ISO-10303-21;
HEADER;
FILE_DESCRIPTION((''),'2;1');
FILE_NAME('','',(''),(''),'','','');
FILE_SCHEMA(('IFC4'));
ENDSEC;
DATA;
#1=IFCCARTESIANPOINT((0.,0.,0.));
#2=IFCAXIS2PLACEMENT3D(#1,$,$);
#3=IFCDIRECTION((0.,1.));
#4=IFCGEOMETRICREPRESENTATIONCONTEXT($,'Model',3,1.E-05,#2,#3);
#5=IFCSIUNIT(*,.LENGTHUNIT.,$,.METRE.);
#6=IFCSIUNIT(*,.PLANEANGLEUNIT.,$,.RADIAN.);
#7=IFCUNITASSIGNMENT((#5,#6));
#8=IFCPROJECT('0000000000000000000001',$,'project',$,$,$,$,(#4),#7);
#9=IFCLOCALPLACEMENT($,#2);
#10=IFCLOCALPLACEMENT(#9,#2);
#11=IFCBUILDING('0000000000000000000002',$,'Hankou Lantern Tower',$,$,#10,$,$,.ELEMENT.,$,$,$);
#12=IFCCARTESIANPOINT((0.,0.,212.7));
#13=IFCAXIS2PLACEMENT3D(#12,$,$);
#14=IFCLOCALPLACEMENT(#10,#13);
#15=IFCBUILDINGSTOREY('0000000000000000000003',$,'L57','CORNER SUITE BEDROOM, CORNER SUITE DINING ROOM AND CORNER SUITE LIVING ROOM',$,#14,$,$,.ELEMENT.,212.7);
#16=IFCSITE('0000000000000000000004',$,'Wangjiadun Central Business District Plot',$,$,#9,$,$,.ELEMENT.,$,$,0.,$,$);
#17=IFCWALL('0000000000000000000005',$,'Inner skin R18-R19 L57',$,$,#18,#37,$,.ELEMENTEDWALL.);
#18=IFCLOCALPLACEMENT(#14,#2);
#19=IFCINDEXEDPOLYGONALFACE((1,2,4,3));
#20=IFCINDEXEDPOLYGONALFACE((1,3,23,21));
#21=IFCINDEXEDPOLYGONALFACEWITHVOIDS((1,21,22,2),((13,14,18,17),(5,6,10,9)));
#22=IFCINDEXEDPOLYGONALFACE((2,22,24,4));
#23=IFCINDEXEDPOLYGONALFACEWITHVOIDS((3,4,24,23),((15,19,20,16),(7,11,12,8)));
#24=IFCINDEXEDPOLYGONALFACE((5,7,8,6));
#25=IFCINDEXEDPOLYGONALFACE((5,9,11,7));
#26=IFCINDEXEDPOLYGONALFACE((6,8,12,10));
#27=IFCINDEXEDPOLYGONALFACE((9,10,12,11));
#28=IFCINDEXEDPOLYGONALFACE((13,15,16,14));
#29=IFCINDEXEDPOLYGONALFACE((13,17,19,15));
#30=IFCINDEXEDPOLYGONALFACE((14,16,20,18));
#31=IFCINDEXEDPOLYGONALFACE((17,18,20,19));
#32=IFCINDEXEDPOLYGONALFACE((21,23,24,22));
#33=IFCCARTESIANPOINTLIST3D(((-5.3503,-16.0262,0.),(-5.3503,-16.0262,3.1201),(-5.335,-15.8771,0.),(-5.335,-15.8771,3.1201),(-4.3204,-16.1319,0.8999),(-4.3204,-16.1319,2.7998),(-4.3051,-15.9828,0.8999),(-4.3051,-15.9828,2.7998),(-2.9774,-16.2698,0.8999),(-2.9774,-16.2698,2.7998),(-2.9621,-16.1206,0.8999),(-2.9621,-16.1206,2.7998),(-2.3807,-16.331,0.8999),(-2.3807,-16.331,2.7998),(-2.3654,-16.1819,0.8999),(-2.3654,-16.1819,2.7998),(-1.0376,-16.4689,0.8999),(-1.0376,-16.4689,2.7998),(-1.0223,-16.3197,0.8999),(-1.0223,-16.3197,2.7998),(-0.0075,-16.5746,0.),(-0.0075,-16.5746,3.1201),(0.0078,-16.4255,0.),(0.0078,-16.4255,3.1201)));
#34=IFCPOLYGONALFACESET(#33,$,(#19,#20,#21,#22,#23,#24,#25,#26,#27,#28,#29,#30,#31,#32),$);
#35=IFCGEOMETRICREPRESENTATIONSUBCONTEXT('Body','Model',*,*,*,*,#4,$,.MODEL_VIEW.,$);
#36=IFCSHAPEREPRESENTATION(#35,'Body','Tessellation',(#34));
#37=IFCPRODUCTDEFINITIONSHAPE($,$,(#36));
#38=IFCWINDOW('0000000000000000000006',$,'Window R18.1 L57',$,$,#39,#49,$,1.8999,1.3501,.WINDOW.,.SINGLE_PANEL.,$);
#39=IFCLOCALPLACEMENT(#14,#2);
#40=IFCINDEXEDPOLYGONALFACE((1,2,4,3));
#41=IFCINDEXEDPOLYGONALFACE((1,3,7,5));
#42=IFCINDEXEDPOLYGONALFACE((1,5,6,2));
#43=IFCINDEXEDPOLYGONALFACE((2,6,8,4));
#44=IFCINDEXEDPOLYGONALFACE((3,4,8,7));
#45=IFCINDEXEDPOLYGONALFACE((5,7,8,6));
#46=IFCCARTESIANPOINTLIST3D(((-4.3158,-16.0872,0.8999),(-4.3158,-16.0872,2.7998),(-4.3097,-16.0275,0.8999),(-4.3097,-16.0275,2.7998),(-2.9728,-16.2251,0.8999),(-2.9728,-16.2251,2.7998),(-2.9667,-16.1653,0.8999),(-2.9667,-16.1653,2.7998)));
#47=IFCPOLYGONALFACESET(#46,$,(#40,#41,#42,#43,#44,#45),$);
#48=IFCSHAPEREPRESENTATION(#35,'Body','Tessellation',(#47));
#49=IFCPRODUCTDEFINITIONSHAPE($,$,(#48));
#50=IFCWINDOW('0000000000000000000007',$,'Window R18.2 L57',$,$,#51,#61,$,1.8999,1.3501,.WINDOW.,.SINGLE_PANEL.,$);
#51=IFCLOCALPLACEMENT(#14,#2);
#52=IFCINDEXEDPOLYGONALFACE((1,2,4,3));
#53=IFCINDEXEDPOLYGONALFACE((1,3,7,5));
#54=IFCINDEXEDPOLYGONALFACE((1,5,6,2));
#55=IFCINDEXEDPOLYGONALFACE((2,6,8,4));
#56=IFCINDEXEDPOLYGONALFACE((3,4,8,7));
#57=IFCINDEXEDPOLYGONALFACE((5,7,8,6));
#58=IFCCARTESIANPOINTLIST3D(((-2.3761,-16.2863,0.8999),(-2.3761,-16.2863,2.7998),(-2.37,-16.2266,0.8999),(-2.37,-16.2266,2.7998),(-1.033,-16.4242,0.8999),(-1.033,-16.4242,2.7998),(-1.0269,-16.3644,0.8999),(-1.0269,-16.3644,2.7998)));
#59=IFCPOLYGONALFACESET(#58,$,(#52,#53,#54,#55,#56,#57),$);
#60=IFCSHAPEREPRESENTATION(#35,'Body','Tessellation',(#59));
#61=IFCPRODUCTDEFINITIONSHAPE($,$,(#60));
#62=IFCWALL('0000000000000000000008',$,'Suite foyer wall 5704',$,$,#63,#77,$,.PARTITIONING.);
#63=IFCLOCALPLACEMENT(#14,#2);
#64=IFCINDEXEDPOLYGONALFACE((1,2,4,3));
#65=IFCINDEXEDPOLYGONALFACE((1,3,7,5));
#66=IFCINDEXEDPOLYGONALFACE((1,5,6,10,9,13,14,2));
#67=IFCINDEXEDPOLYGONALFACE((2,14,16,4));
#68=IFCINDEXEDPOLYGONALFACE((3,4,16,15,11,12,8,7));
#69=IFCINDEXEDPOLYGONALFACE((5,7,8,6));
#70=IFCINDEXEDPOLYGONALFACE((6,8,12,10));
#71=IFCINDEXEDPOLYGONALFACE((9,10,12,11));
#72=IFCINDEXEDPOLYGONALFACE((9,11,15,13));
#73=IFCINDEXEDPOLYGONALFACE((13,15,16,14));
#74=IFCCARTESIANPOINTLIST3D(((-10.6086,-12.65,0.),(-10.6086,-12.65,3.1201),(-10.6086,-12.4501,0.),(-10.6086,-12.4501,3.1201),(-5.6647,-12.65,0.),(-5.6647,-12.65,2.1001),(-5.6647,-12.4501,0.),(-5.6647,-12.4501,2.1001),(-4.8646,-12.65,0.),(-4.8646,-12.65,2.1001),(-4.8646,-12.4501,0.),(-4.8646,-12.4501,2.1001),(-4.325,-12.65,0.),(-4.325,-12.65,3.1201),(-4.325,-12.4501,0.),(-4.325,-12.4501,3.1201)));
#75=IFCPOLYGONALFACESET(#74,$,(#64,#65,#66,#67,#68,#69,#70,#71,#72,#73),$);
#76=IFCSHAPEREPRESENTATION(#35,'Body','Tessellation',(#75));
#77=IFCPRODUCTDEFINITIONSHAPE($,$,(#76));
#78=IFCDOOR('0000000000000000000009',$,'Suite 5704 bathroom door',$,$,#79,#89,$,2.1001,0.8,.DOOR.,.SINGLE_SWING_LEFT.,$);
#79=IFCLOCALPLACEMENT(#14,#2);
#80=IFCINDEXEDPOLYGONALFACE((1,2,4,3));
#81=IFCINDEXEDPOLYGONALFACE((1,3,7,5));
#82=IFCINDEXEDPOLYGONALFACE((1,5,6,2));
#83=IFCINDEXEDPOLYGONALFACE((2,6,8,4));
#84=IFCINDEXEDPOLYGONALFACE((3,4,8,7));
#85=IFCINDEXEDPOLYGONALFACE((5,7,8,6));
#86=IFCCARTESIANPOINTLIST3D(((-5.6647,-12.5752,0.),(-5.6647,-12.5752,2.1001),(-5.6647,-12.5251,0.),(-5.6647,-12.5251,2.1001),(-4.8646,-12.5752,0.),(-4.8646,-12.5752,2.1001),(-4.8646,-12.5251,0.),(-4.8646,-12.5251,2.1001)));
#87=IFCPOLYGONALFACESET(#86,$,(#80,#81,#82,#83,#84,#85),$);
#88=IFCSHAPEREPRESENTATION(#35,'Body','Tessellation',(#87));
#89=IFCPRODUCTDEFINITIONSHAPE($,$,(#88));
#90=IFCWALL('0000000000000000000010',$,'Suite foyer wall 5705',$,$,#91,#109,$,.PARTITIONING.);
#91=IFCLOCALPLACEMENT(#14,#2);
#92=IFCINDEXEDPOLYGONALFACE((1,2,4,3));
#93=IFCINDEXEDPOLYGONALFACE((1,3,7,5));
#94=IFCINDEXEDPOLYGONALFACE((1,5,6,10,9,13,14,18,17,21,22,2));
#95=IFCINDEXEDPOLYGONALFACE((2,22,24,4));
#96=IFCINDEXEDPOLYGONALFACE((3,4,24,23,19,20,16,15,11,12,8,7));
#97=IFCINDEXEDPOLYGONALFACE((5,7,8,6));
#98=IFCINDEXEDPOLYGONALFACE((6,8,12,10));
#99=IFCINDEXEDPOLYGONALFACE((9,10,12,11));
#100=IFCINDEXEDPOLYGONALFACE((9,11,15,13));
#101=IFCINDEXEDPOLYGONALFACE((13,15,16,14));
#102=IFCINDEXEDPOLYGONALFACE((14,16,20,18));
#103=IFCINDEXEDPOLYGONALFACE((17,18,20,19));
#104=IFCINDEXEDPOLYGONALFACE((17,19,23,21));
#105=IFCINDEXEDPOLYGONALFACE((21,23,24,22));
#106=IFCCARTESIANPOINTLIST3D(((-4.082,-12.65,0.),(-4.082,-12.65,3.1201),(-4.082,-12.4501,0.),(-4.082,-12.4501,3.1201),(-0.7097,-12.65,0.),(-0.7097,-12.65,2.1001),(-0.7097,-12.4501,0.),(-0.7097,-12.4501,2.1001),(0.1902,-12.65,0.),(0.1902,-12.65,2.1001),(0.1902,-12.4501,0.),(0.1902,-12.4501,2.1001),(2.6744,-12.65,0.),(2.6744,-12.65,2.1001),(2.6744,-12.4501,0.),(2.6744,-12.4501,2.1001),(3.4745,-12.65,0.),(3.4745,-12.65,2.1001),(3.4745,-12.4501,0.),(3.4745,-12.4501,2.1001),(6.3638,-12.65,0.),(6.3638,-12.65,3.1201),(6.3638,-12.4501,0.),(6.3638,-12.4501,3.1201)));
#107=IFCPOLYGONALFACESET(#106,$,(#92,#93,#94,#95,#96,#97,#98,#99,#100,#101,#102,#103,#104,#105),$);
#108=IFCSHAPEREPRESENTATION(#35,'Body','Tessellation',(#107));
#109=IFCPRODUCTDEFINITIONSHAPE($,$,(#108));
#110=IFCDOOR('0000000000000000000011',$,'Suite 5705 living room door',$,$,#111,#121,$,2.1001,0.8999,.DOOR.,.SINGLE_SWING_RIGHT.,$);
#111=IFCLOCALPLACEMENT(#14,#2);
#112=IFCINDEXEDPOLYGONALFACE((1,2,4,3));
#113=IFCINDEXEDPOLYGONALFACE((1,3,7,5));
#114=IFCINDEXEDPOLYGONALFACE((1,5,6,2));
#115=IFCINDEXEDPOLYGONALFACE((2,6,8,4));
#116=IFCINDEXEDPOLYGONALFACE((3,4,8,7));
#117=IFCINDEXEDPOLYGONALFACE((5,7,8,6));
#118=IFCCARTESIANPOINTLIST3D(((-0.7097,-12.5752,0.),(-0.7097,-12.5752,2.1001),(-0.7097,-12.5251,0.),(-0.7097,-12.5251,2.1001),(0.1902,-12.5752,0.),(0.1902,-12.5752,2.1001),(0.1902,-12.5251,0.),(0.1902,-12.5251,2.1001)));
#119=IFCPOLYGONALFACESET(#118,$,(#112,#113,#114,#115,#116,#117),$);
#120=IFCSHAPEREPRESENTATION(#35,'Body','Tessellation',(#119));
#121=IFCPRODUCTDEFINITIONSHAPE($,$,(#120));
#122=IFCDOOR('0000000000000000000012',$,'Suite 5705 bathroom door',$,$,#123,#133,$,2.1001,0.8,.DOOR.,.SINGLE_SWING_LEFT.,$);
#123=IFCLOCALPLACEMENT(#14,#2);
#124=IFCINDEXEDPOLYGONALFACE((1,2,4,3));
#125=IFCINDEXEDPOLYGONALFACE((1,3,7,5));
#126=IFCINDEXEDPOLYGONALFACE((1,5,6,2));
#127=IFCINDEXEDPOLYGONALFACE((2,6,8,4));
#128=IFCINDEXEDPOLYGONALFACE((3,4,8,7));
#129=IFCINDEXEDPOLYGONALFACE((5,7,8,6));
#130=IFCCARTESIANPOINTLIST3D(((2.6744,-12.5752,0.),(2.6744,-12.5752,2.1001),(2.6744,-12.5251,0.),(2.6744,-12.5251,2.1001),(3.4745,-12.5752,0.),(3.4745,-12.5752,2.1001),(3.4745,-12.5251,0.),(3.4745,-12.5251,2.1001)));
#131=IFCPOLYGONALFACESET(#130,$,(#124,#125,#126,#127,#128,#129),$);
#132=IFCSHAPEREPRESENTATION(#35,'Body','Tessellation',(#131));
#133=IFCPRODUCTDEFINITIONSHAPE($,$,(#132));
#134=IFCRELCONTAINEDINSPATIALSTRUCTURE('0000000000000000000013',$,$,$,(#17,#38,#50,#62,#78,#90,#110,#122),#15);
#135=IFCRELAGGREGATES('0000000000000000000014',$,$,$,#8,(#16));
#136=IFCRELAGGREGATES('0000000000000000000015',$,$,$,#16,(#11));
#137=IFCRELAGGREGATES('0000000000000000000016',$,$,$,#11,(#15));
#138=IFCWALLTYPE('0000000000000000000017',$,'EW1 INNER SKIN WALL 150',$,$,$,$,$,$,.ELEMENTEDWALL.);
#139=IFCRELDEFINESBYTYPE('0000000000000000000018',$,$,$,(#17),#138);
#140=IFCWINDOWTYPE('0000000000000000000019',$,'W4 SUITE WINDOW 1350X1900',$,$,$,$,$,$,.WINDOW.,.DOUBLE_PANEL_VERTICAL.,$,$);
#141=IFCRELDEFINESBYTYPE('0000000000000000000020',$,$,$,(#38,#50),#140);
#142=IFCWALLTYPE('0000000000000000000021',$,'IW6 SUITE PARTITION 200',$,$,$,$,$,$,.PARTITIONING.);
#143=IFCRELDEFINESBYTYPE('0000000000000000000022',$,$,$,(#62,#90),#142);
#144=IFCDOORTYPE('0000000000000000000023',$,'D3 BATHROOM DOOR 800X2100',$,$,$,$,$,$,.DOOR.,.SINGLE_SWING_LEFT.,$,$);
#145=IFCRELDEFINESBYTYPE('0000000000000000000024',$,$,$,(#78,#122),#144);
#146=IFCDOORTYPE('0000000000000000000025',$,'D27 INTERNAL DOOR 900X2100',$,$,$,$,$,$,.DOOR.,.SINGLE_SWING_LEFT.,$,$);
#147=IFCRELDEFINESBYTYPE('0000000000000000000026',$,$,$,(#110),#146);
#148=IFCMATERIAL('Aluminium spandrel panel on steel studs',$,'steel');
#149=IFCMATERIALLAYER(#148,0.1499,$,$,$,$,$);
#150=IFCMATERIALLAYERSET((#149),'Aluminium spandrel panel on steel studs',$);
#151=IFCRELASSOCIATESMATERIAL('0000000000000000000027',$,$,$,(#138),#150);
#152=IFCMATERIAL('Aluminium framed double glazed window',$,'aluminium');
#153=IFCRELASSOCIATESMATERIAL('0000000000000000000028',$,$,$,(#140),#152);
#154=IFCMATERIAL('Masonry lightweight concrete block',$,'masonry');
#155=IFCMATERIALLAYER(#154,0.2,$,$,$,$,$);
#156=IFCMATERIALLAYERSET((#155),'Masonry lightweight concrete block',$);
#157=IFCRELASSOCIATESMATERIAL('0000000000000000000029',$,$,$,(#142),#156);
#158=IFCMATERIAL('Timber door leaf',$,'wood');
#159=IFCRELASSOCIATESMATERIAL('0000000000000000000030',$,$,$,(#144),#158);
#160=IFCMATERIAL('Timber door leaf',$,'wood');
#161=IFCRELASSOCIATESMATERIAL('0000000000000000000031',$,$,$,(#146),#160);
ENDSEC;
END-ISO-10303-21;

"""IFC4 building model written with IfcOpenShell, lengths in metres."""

from ifc_helpers import new_model, si_unit, direction, frame, frame_2d, origin, place, context, subcontext, project, spatial, rectangle, extrude, material, layer, layer_set, type_object, element, fill, save


model = new_model("IFC4")

# Units and contexts
model_context = context("Model", 3, precision=1e-05, world=origin(), true_north=direction((0.0, 1.0)))
body_context = subcontext(model_context, "Body", "Model", "MODEL_VIEW")
ifc_project = project(units=[si_unit("LENGTHUNIT", "METRE"), si_unit("PLANEANGLEUNIT", "RADIAN")], contexts=[model_context])

# Site, building, storey
site_placement = place(None, origin())
site = spatial("IfcSite", under=ifc_project, at=site_placement, Name="Wangjiadun Central Business District Plot", CompositionType="ELEMENT", RefElevation=0.0)
building_placement = place(site_placement, origin())
building = spatial("IfcBuilding", under=site, at=building_placement, Name="Hankou Lantern Tower", CompositionType="ELEMENT")
storey_placement = place(building_placement, frame((0.0, 0.0, 212.7)))
storey = spatial("IfcBuildingStorey", under=building, at=storey_placement, Name="L57", Description="CORNER SUITE BEDROOM, CORNER SUITE DINING ROOM AND CORNER SUITE LIVING ROOM", CompositionType="ELEMENT", Elevation=212.7)

# Wall, openings, windows
ifc_material_1 = material(Name="Aluminium spandrel panel on steel studs", Category="steel")
ifc_layer_1 = layer(ifc_material_1, 0.1499)
ifc_layer_set_1 = layer_set([ifc_layer_1], Name="Aluminium spandrel panel on steel studs")
wall_type_1 = type_object("IfcWallType", Name="EW1 INNER SKIN WALL 150", PredefinedType="ELEMENTEDWALL", material=ifc_layer_set_1)
ifc_material_2 = material(Name="Aluminium framed double glazed window", Category="aluminium")
window_type = type_object("IfcWindowType", Name="W4 SUITE WINDOW 1350X1900", PartitioningType="DOUBLE_PANEL_VERTICAL", PredefinedType="WINDOW", material=ifc_material_2)
wall_1_placement = place(storey_placement, frame((-5.3428, -15.9517, 0.0), z_axis=(0.0, 0.0, 1.0), x_axis=(0.994775, -0.102096, 0.0)))
wall_1 = element("IfcWall", 1, at=wall_1_placement, inside=storey, type_object=wall_type_1, Name="Inner skin R18-R19 L57", PredefinedType="ELEMENTEDWALL", context=body_context, shape_type="SweptSolid", body=[
    extrude(rectangle(XDim=5.3708, YDim=0.1499, at=frame_2d((2.6855, 0.0))), origin(), (0.0, 0.0, 1.0), 3.1201),
])
opening_1_placement = place(wall_1_placement, frame((1.0354, 0.0, 0.8999)))
opening_1 = element("IfcOpeningElement", 2, at=opening_1_placement, cuts=wall_1, PredefinedType="OPENING", context=body_context, shape_type="SweptSolid", body=[
    extrude(rectangle(XDim=1.3501, YDim=1.8999, at=frame_2d((0.675, 0.95))), frame((0.0, 0.085, 0.0), z_axis=(0.0, -1.0, 0.0), x_axis=(1.0, 0.0, 0.0)), (0.0, 0.0, 1.0), 0.1699),
])
opening_2_placement = place(wall_1_placement, frame((2.9854, 0.0, 0.8999)))
opening_2 = element("IfcOpeningElement", 3, at=opening_2_placement, cuts=wall_1, PredefinedType="OPENING", context=body_context, shape_type="SweptSolid", body=[
    extrude(rectangle(XDim=1.3501, YDim=1.8999, at=frame_2d((0.675, 0.95))), frame((0.0, 0.085, 0.0), z_axis=(0.0, -1.0, 0.0), x_axis=(1.0, 0.0, 0.0)), (0.0, 0.0, 1.0), 0.1699),
])
window_1_placement = place(opening_1_placement, origin())
window_1 = element("IfcWindow", 4, at=window_1_placement, inside=storey, type_object=window_type, Name="Window R18.1 L57", OverallHeight=1.8999, OverallWidth=1.3501, PartitioningType="SINGLE_PANEL", PredefinedType="WINDOW", context=body_context, shape_type="SweptSolid", body=[
    extrude(rectangle(XDim=1.3501, YDim=1.8999, at=frame_2d((0.675, 0.95))), frame((0.0, 0.03, 0.0), z_axis=(0.0, -1.0, 0.0), x_axis=(1.0, 0.0, 0.0)), (0.0, 0.0, 1.0), 0.0601),
])
fill(opening_1, window_1)
window_2_placement = place(opening_2_placement, origin())
window_2 = element("IfcWindow", 5, at=window_2_placement, inside=storey, type_object=window_type, Name="Window R18.2 L57", OverallHeight=1.8999, OverallWidth=1.3501, PartitioningType="SINGLE_PANEL", PredefinedType="WINDOW", context=body_context, shape_type="SweptSolid", body=[
    extrude(rectangle(XDim=1.3501, YDim=1.8999, at=frame_2d((0.675, 0.95))), frame((0.0, 0.03, 0.0), z_axis=(0.0, -1.0, 0.0), x_axis=(1.0, 0.0, 0.0)), (0.0, 0.0, 1.0), 0.0601),
])
fill(opening_2, window_2)

# Wall, opening, door
ifc_material_3 = material(Name="Masonry lightweight concrete block", Category="masonry")
ifc_layer_2 = layer(ifc_material_3, 0.2)
ifc_layer_set_2 = layer_set([ifc_layer_2], Name="Masonry lightweight concrete block")
wall_type_2 = type_object("IfcWallType", Name="IW6 SUITE PARTITION 200", PredefinedType="PARTITIONING", material=ifc_layer_set_2)
wall_2_placement = place(storey_placement, frame((-10.6086, -12.55, 0.0), z_axis=(0.0, 0.0, 1.0), x_axis=(1.0, 0.0, 0.0)))
wall_2 = element("IfcWall", 6, at=wall_2_placement, inside=storey, type_object=wall_type_2, Name="Suite foyer wall 5704", PredefinedType="PARTITIONING", context=body_context, shape_type="SweptSolid", body=[
    extrude(rectangle(XDim=6.2837, YDim=0.2, at=frame_2d((3.1418, 0.0))), origin(), (0.0, 0.0, 1.0), 3.1201),
])
opening_3_placement = place(wall_2_placement, frame((4.9441, 0.0, 0.0)))
opening_3 = element("IfcOpeningElement", 7, at=opening_3_placement, cuts=wall_2, PredefinedType="OPENING", context=body_context, shape_type="SweptSolid", body=[
    extrude(rectangle(XDim=0.8, YDim=2.1001, at=frame_2d((0.3999, 1.05))), frame((0.0, 0.1099, 0.0), z_axis=(0.0, -1.0, 0.0), x_axis=(1.0, 0.0, 0.0)), (0.0, 0.0, 1.0), 0.22),
])
ifc_material_4 = material(Name="Timber door leaf", Category="wood")
door_type_1 = type_object("IfcDoorType", Name="D3 BATHROOM DOOR 800X2100", OperationType="SINGLE_SWING_LEFT", PredefinedType="DOOR", material=ifc_material_4)
door_1_placement = place(opening_3_placement, origin())
door_1 = element("IfcDoor", 8, at=door_1_placement, inside=storey, type_object=door_type_1, Name="Suite 5704 bathroom door", OperationType="SINGLE_SWING_LEFT", OverallHeight=2.1001, OverallWidth=0.8, PredefinedType="DOOR", context=body_context, shape_type="SweptSolid", body=[
    extrude(rectangle(XDim=0.8, YDim=2.1001, at=frame_2d((0.3999, 1.05))), frame((0.0, 0.0249, 0.0), z_axis=(0.0, -1.0, 0.0), x_axis=(1.0, 0.0, 0.0)), (0.0, 0.0, 1.0), 0.05),
])
fill(opening_3, door_1)

# Wall, openings, doors
wall_3_placement = place(storey_placement, frame((-4.082, -12.55, 0.0), z_axis=(0.0, 0.0, 1.0), x_axis=(1.0, 0.0, 0.0)))
wall_3 = element("IfcWall", 9, at=wall_3_placement, inside=storey, type_object=wall_type_2, Name="Suite foyer wall 5705", PredefinedType="PARTITIONING", context=body_context, shape_type="SweptSolid", body=[
    extrude(rectangle(XDim=10.4458, YDim=0.2, at=frame_2d((5.2229, 0.0))), origin(), (0.0, 0.0, 1.0), 3.1201),
])
opening_4_placement = place(wall_3_placement, frame((6.7566, 0.0, 0.0)))
opening_4 = element("IfcOpeningElement", 10, at=opening_4_placement, cuts=wall_3, PredefinedType="OPENING", context=body_context, shape_type="SweptSolid", body=[
    extrude(rectangle(XDim=0.8, YDim=2.1001, at=frame_2d((0.3999, 1.05))), frame((0.0, 0.1099, 0.0), z_axis=(0.0, -1.0, 0.0), x_axis=(1.0, 0.0, 0.0)), (0.0, 0.0, 1.0), 0.22),
])
opening_5_placement = place(wall_3_placement, frame((3.3723, 0.0, 0.0)))
opening_5 = element("IfcOpeningElement", 11, at=opening_5_placement, cuts=wall_3, PredefinedType="OPENING", context=body_context, shape_type="SweptSolid", body=[
    extrude(rectangle(XDim=0.8999, YDim=2.1001, at=frame_2d((0.45, 1.05))), frame((0.0, 0.1099, 0.0), z_axis=(0.0, -1.0, 0.0), x_axis=(1.0, 0.0, 0.0)), (0.0, 0.0, 1.0), 0.22),
])
ifc_material_5 = material(Name="Timber door leaf", Category="wood")
door_type_2 = type_object("IfcDoorType", Name="D27 INTERNAL DOOR 900X2100", OperationType="SINGLE_SWING_LEFT", PredefinedType="DOOR", material=ifc_material_5)
door_2_placement = place(opening_5_placement, origin())
door_2 = element("IfcDoor", 12, at=door_2_placement, inside=storey, type_object=door_type_2, Name="Suite 5705 living room door", OperationType="SINGLE_SWING_RIGHT", OverallHeight=2.1001, OverallWidth=0.8999, PredefinedType="DOOR", context=body_context, shape_type="SweptSolid", body=[
    extrude(rectangle(XDim=0.8999, YDim=2.1001, at=frame_2d((0.45, 1.05))), frame((0.0, 0.0249, 0.0), z_axis=(0.0, -1.0, 0.0), x_axis=(1.0, 0.0, 0.0)), (0.0, 0.0, 1.0), 0.05),
])
fill(opening_5, door_2)
door_3_placement = place(opening_4_placement, origin())
door_3 = element("IfcDoor", 13, at=door_3_placement, inside=storey, type_object=door_type_1, Name="Suite 5705 bathroom door", OperationType="SINGLE_SWING_LEFT", OverallHeight=2.1001, OverallWidth=0.8, PredefinedType="DOOR", context=body_context, shape_type="SweptSolid", body=[
    extrude(rectangle(XDim=0.8, YDim=2.1001, at=frame_2d((0.3999, 1.05))), frame((0.0, 0.0249, 0.0), z_axis=(0.0, -1.0, 0.0), x_axis=(1.0, 0.0, 0.0)), (0.0, 0.0, 1.0), 0.05),
])
fill(opening_4, door_3)

save(model, "model.ifc")
